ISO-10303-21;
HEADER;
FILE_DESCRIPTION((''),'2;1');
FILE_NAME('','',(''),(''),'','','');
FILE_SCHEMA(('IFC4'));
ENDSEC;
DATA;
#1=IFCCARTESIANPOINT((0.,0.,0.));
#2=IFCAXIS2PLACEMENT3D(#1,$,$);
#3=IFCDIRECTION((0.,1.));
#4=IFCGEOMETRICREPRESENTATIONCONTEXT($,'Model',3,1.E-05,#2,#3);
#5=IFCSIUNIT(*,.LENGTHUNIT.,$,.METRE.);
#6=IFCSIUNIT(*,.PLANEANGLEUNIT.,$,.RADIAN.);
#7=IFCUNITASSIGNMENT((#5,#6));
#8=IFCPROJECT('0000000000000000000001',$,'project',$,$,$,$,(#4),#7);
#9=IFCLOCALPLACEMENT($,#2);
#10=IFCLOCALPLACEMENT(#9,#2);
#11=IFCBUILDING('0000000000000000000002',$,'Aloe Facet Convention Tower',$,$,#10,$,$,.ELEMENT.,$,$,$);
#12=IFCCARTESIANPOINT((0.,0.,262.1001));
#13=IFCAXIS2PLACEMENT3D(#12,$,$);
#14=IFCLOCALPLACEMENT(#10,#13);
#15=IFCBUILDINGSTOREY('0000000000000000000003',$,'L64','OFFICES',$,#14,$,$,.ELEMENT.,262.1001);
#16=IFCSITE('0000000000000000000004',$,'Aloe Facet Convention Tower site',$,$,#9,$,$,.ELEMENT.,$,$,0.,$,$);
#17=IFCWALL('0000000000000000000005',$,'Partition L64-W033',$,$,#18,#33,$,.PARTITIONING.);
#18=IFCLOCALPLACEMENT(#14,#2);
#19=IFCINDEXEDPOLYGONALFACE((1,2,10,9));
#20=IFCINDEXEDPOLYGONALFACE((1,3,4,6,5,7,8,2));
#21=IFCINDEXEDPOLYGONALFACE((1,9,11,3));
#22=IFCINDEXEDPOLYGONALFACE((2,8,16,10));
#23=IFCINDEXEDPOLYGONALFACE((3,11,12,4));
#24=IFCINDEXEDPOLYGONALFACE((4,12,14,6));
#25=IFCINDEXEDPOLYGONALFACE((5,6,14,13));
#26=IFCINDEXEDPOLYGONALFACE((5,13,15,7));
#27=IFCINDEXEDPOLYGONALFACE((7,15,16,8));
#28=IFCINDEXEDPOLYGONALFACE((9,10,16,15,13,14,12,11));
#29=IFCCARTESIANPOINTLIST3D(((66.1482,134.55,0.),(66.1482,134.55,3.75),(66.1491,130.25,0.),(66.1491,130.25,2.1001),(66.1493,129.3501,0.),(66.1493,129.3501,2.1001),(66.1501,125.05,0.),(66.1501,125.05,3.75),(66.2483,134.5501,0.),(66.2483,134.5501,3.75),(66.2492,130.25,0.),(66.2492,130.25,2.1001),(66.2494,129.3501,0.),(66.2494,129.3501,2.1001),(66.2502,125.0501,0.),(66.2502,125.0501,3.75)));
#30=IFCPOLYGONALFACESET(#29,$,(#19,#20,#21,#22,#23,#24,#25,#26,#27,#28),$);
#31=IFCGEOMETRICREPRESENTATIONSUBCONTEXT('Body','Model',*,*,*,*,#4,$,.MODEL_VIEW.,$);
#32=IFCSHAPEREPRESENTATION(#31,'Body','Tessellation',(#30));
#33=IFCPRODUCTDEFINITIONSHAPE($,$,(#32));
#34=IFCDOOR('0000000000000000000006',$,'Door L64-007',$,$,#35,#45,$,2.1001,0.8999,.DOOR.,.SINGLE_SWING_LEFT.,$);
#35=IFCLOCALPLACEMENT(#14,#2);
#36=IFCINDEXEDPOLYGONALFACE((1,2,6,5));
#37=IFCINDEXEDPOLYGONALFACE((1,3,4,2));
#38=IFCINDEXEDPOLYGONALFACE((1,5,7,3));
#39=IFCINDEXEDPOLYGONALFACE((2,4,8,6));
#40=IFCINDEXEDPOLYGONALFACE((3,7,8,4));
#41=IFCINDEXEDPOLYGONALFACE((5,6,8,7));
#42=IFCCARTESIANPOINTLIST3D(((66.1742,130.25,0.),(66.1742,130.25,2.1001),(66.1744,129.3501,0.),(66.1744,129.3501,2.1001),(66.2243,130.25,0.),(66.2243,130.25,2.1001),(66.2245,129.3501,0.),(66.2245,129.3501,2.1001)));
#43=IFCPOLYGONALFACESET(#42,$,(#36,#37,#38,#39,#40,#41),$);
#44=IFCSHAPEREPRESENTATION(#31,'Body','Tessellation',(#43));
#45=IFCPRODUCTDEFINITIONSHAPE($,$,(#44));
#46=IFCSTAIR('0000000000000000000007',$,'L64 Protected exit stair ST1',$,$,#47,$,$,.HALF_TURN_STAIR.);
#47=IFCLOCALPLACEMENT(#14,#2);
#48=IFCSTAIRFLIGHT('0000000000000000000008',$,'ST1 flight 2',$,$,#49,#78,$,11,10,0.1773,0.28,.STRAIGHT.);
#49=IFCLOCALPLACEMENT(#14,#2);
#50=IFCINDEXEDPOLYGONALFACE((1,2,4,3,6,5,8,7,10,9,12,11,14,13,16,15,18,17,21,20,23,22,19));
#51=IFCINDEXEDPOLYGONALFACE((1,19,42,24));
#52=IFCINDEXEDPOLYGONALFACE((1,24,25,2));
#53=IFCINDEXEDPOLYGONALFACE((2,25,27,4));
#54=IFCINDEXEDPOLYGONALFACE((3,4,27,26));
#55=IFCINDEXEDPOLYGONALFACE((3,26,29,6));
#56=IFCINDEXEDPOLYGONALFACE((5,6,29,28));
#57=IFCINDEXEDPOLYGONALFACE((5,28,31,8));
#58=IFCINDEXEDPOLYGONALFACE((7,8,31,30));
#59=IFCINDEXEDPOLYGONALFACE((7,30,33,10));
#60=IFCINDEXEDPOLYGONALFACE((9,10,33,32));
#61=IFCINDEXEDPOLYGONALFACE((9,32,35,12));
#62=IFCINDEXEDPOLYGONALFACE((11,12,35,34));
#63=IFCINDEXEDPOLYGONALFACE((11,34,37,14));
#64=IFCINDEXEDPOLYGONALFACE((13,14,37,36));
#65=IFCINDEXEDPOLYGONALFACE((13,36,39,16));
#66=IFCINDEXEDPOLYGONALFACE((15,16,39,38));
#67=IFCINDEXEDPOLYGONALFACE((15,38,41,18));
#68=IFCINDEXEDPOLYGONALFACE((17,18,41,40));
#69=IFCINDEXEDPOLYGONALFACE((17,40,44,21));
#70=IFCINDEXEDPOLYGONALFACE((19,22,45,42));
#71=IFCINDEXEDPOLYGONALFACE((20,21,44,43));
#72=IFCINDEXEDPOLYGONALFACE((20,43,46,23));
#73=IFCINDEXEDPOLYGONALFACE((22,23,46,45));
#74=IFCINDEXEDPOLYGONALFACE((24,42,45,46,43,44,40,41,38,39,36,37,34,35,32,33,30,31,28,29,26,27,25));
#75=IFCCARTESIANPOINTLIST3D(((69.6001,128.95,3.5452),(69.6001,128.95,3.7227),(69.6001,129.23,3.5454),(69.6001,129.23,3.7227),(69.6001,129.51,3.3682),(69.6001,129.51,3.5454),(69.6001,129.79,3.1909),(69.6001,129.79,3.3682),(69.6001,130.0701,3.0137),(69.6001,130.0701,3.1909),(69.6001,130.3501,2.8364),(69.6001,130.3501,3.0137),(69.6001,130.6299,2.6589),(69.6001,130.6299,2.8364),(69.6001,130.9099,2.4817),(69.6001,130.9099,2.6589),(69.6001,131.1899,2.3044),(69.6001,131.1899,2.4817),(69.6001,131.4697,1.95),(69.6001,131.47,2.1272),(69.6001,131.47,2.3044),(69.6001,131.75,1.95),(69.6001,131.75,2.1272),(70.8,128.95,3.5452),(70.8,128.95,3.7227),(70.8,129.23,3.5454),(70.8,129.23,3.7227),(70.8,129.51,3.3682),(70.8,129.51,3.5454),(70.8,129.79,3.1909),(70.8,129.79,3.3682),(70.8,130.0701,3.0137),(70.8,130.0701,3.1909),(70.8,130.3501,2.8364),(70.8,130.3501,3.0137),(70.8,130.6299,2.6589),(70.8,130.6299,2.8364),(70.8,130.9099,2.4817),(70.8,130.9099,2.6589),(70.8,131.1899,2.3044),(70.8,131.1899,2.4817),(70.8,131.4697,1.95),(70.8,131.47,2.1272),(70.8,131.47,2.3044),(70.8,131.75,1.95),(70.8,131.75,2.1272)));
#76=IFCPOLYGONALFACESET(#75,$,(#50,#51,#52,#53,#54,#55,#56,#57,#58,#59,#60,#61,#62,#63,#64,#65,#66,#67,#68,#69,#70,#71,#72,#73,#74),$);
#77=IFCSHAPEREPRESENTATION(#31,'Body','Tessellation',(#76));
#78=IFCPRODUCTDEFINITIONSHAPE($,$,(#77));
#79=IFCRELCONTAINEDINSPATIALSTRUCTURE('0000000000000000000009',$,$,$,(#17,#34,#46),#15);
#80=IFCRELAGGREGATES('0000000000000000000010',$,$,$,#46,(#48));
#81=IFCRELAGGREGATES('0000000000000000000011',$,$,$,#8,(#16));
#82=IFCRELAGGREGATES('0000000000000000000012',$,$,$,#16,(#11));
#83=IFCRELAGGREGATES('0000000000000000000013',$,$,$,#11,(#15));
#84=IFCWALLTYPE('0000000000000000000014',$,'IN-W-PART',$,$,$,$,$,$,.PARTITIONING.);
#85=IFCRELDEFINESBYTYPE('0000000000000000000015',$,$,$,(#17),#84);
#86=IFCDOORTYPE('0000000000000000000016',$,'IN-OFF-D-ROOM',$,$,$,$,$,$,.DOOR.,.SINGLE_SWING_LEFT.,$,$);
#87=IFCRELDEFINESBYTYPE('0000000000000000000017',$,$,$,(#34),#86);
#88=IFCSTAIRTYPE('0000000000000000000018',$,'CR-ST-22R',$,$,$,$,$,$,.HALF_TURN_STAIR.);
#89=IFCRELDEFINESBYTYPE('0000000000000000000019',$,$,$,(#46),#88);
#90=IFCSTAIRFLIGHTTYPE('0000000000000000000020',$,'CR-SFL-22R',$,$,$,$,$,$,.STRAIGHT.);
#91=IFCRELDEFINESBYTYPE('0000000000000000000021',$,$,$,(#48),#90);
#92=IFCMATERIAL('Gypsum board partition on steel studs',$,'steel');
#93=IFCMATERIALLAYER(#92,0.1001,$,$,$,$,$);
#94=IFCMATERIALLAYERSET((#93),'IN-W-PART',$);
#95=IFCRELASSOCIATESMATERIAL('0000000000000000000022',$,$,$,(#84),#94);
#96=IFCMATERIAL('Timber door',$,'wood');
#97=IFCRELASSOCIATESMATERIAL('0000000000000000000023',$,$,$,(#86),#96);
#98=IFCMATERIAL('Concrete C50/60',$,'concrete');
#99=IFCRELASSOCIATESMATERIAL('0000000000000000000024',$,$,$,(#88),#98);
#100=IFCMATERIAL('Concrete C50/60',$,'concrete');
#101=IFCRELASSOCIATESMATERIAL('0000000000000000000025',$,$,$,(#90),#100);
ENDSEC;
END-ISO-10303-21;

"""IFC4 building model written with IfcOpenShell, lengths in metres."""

from ifc_helpers import new_model, si_unit, direction, frame, frame_2d, origin, place, context, subcontext, project, spatial, polyline, rectangle, outline, extrude, material, layer, layer_set, type_object, element, fill, aggregate, save


model = new_model("IFC4")

# Units and contexts
model_context = context("Model", 3, precision=1e-05, world=origin(), true_north=direction((0.0, 1.0)))
body_context = subcontext(model_context, "Body", "Model", "MODEL_VIEW")
ifc_project = project(units=[si_unit("LENGTHUNIT", "METRE"), si_unit("PLANEANGLEUNIT", "RADIAN")], contexts=[model_context])

# Site, building, storey
site_placement = place(None, origin())
site = spatial("IfcSite", under=ifc_project, at=site_placement, Name="Aloe Facet Convention Tower site", CompositionType="ELEMENT", RefElevation=0.0)
building_placement = place(site_placement, origin())
building = spatial("IfcBuilding", under=site, at=building_placement, Name="Aloe Facet Convention Tower", CompositionType="ELEMENT")
storey_placement = place(building_placement, frame((0.0, 0.0, 262.1001)))
storey = spatial("IfcBuildingStorey", under=building, at=storey_placement, Name="L64", Description="OFFICES", CompositionType="ELEMENT", Elevation=262.1001)

# Shared definitions
ifc_material_1 = material(Name="Gypsum board partition on steel studs", Category="steel")
ifc_layer_1 = layer(ifc_material_1, 0.1001)
ifc_layer_set_1 = layer_set([ifc_layer_1], Name="IN-W-PART")
wall_type_1 = type_object("IfcWallType", Name="IN-W-PART", PredefinedType="PARTITIONING", material=ifc_layer_set_1)

# Wall, opening, door
wall_1_placement = place(storey_placement, frame((66.2002, 125.05, 0.0), z_axis=(0.0, 0.0, 1.0), x_axis=(-0.000206, 1.0, 0.0)))
wall_1 = element("IfcWall", 1, at=wall_1_placement, inside=storey, type_object=wall_type_1, Name="Partition L64-W033", PredefinedType="PARTITIONING", context=body_context, shape_type="SweptSolid", body=[
    extrude(rectangle(XDim=9.5, YDim=0.1001, at=frame_2d((4.75, 0.0))), origin(), (0.0, 0.0, 1.0), 3.75),
])
opening_1_placement = place(wall_1_placement, frame((4.3, 0.0, 0.0)))
opening_1 = element("IfcOpeningElement", 2, at=opening_1_placement, cuts=wall_1, PredefinedType="OPENING", context=body_context, shape_type="SweptSolid", body=[
    extrude(rectangle(XDim=0.8999, YDim=2.1001, at=frame_2d((0.45, 1.05))), frame((0.0, 0.0601, 0.0), z_axis=(0.0, -1.0, 0.0), x_axis=(1.0, 0.0, 0.0)), (0.0, 0.0, 1.0), 0.1201),
])
ifc_material_2 = material(Name="Timber door", Category="wood")
door_type_1 = type_object("IfcDoorType", Name="IN-OFF-D-ROOM", OperationType="SINGLE_SWING_LEFT", PredefinedType="DOOR", material=ifc_material_2)
door_1_placement = place(opening_1_placement, origin())
door_1 = element("IfcDoor", 3, at=door_1_placement, inside=storey, type_object=door_type_1, Name="Door L64-007", OperationType="SINGLE_SWING_LEFT", OverallHeight=2.1001, OverallWidth=0.8999, PredefinedType="DOOR", context=body_context, shape_type="SweptSolid", body=[
    extrude(rectangle(XDim=0.8999, YDim=2.1001, at=frame_2d((0.45, 1.05))), frame((0.0, 0.0249, 0.0), z_axis=(0.0, -1.0, 0.0), x_axis=(1.0, 0.0, 0.0)), (0.0, 0.0, 1.0), 0.05),
])
fill(opening_1, door_1)

# Stair, stair flight
ifc_material_3 = material(Name="Concrete C50/60", Category="concrete")
stair_type = type_object("IfcStairType", Name="CR-ST-22R", PredefinedType="HALF_TURN_STAIR", material=ifc_material_3)
stair_placement = place(storey_placement, origin())
stair = element("IfcStair", 4, at=stair_placement, inside=storey, type_object=stair_type, Name="L64 Protected exit stair ST1", PredefinedType="HALF_TURN_STAIR")
ifc_material_4 = material(Name="Concrete C50/60", Category="concrete")
stair_flight_type = type_object("IfcStairFlightType", Name="CR-SFL-22R", PredefinedType="STRAIGHT", material=ifc_material_4)
stair_flight_placement = place(storey_placement, frame((70.2, 131.75, 1.95), z_axis=(0.0, 0.0, 1.0), x_axis=(0.0, -1.0, 0.0)))
stair_flight = element("IfcStairFlight", 5, at=stair_flight_placement, type_object=stair_flight_type, Name="ST1 flight 2", NumberOfRisers=11, NumberOfTreads=10, PredefinedType="STRAIGHT", RiserHeight=0.1773, TreadLength=0.28, context=body_context, shape_type="SweptSolid", body=[
    extrude(outline(polyline([(0.0, 0.0), (0.0, 0.1772), (0.28, 0.1772), (0.28, 0.3545), (0.5601, 0.3545), (0.5601, 0.5317), (0.8401, 0.5317), (0.8401, 0.709), (1.1201, 0.709), (1.1201, 0.8865), (1.3999, 0.8865), (1.3999, 1.0637), (1.6799, 1.0637), (1.6799, 1.241), (1.96, 1.241), (1.96, 1.4182), (2.24, 1.4182), (2.24, 1.5955), (2.52, 1.5955), (2.52, 1.7727), (2.8, 1.7727), (2.8, 1.95), (2.8, 1.5952), (0.2803, 0.0), (0.0, 0.0)])), frame((0.0, 0.6001, 0.0), z_axis=(0.0, -1.0, 0.0), x_axis=(1.0, 0.0, 0.0)), (0.0, 0.0, 1.0), 1.2),
])
aggregate(stair, [stair_flight])

save(model, "model.ifc")
